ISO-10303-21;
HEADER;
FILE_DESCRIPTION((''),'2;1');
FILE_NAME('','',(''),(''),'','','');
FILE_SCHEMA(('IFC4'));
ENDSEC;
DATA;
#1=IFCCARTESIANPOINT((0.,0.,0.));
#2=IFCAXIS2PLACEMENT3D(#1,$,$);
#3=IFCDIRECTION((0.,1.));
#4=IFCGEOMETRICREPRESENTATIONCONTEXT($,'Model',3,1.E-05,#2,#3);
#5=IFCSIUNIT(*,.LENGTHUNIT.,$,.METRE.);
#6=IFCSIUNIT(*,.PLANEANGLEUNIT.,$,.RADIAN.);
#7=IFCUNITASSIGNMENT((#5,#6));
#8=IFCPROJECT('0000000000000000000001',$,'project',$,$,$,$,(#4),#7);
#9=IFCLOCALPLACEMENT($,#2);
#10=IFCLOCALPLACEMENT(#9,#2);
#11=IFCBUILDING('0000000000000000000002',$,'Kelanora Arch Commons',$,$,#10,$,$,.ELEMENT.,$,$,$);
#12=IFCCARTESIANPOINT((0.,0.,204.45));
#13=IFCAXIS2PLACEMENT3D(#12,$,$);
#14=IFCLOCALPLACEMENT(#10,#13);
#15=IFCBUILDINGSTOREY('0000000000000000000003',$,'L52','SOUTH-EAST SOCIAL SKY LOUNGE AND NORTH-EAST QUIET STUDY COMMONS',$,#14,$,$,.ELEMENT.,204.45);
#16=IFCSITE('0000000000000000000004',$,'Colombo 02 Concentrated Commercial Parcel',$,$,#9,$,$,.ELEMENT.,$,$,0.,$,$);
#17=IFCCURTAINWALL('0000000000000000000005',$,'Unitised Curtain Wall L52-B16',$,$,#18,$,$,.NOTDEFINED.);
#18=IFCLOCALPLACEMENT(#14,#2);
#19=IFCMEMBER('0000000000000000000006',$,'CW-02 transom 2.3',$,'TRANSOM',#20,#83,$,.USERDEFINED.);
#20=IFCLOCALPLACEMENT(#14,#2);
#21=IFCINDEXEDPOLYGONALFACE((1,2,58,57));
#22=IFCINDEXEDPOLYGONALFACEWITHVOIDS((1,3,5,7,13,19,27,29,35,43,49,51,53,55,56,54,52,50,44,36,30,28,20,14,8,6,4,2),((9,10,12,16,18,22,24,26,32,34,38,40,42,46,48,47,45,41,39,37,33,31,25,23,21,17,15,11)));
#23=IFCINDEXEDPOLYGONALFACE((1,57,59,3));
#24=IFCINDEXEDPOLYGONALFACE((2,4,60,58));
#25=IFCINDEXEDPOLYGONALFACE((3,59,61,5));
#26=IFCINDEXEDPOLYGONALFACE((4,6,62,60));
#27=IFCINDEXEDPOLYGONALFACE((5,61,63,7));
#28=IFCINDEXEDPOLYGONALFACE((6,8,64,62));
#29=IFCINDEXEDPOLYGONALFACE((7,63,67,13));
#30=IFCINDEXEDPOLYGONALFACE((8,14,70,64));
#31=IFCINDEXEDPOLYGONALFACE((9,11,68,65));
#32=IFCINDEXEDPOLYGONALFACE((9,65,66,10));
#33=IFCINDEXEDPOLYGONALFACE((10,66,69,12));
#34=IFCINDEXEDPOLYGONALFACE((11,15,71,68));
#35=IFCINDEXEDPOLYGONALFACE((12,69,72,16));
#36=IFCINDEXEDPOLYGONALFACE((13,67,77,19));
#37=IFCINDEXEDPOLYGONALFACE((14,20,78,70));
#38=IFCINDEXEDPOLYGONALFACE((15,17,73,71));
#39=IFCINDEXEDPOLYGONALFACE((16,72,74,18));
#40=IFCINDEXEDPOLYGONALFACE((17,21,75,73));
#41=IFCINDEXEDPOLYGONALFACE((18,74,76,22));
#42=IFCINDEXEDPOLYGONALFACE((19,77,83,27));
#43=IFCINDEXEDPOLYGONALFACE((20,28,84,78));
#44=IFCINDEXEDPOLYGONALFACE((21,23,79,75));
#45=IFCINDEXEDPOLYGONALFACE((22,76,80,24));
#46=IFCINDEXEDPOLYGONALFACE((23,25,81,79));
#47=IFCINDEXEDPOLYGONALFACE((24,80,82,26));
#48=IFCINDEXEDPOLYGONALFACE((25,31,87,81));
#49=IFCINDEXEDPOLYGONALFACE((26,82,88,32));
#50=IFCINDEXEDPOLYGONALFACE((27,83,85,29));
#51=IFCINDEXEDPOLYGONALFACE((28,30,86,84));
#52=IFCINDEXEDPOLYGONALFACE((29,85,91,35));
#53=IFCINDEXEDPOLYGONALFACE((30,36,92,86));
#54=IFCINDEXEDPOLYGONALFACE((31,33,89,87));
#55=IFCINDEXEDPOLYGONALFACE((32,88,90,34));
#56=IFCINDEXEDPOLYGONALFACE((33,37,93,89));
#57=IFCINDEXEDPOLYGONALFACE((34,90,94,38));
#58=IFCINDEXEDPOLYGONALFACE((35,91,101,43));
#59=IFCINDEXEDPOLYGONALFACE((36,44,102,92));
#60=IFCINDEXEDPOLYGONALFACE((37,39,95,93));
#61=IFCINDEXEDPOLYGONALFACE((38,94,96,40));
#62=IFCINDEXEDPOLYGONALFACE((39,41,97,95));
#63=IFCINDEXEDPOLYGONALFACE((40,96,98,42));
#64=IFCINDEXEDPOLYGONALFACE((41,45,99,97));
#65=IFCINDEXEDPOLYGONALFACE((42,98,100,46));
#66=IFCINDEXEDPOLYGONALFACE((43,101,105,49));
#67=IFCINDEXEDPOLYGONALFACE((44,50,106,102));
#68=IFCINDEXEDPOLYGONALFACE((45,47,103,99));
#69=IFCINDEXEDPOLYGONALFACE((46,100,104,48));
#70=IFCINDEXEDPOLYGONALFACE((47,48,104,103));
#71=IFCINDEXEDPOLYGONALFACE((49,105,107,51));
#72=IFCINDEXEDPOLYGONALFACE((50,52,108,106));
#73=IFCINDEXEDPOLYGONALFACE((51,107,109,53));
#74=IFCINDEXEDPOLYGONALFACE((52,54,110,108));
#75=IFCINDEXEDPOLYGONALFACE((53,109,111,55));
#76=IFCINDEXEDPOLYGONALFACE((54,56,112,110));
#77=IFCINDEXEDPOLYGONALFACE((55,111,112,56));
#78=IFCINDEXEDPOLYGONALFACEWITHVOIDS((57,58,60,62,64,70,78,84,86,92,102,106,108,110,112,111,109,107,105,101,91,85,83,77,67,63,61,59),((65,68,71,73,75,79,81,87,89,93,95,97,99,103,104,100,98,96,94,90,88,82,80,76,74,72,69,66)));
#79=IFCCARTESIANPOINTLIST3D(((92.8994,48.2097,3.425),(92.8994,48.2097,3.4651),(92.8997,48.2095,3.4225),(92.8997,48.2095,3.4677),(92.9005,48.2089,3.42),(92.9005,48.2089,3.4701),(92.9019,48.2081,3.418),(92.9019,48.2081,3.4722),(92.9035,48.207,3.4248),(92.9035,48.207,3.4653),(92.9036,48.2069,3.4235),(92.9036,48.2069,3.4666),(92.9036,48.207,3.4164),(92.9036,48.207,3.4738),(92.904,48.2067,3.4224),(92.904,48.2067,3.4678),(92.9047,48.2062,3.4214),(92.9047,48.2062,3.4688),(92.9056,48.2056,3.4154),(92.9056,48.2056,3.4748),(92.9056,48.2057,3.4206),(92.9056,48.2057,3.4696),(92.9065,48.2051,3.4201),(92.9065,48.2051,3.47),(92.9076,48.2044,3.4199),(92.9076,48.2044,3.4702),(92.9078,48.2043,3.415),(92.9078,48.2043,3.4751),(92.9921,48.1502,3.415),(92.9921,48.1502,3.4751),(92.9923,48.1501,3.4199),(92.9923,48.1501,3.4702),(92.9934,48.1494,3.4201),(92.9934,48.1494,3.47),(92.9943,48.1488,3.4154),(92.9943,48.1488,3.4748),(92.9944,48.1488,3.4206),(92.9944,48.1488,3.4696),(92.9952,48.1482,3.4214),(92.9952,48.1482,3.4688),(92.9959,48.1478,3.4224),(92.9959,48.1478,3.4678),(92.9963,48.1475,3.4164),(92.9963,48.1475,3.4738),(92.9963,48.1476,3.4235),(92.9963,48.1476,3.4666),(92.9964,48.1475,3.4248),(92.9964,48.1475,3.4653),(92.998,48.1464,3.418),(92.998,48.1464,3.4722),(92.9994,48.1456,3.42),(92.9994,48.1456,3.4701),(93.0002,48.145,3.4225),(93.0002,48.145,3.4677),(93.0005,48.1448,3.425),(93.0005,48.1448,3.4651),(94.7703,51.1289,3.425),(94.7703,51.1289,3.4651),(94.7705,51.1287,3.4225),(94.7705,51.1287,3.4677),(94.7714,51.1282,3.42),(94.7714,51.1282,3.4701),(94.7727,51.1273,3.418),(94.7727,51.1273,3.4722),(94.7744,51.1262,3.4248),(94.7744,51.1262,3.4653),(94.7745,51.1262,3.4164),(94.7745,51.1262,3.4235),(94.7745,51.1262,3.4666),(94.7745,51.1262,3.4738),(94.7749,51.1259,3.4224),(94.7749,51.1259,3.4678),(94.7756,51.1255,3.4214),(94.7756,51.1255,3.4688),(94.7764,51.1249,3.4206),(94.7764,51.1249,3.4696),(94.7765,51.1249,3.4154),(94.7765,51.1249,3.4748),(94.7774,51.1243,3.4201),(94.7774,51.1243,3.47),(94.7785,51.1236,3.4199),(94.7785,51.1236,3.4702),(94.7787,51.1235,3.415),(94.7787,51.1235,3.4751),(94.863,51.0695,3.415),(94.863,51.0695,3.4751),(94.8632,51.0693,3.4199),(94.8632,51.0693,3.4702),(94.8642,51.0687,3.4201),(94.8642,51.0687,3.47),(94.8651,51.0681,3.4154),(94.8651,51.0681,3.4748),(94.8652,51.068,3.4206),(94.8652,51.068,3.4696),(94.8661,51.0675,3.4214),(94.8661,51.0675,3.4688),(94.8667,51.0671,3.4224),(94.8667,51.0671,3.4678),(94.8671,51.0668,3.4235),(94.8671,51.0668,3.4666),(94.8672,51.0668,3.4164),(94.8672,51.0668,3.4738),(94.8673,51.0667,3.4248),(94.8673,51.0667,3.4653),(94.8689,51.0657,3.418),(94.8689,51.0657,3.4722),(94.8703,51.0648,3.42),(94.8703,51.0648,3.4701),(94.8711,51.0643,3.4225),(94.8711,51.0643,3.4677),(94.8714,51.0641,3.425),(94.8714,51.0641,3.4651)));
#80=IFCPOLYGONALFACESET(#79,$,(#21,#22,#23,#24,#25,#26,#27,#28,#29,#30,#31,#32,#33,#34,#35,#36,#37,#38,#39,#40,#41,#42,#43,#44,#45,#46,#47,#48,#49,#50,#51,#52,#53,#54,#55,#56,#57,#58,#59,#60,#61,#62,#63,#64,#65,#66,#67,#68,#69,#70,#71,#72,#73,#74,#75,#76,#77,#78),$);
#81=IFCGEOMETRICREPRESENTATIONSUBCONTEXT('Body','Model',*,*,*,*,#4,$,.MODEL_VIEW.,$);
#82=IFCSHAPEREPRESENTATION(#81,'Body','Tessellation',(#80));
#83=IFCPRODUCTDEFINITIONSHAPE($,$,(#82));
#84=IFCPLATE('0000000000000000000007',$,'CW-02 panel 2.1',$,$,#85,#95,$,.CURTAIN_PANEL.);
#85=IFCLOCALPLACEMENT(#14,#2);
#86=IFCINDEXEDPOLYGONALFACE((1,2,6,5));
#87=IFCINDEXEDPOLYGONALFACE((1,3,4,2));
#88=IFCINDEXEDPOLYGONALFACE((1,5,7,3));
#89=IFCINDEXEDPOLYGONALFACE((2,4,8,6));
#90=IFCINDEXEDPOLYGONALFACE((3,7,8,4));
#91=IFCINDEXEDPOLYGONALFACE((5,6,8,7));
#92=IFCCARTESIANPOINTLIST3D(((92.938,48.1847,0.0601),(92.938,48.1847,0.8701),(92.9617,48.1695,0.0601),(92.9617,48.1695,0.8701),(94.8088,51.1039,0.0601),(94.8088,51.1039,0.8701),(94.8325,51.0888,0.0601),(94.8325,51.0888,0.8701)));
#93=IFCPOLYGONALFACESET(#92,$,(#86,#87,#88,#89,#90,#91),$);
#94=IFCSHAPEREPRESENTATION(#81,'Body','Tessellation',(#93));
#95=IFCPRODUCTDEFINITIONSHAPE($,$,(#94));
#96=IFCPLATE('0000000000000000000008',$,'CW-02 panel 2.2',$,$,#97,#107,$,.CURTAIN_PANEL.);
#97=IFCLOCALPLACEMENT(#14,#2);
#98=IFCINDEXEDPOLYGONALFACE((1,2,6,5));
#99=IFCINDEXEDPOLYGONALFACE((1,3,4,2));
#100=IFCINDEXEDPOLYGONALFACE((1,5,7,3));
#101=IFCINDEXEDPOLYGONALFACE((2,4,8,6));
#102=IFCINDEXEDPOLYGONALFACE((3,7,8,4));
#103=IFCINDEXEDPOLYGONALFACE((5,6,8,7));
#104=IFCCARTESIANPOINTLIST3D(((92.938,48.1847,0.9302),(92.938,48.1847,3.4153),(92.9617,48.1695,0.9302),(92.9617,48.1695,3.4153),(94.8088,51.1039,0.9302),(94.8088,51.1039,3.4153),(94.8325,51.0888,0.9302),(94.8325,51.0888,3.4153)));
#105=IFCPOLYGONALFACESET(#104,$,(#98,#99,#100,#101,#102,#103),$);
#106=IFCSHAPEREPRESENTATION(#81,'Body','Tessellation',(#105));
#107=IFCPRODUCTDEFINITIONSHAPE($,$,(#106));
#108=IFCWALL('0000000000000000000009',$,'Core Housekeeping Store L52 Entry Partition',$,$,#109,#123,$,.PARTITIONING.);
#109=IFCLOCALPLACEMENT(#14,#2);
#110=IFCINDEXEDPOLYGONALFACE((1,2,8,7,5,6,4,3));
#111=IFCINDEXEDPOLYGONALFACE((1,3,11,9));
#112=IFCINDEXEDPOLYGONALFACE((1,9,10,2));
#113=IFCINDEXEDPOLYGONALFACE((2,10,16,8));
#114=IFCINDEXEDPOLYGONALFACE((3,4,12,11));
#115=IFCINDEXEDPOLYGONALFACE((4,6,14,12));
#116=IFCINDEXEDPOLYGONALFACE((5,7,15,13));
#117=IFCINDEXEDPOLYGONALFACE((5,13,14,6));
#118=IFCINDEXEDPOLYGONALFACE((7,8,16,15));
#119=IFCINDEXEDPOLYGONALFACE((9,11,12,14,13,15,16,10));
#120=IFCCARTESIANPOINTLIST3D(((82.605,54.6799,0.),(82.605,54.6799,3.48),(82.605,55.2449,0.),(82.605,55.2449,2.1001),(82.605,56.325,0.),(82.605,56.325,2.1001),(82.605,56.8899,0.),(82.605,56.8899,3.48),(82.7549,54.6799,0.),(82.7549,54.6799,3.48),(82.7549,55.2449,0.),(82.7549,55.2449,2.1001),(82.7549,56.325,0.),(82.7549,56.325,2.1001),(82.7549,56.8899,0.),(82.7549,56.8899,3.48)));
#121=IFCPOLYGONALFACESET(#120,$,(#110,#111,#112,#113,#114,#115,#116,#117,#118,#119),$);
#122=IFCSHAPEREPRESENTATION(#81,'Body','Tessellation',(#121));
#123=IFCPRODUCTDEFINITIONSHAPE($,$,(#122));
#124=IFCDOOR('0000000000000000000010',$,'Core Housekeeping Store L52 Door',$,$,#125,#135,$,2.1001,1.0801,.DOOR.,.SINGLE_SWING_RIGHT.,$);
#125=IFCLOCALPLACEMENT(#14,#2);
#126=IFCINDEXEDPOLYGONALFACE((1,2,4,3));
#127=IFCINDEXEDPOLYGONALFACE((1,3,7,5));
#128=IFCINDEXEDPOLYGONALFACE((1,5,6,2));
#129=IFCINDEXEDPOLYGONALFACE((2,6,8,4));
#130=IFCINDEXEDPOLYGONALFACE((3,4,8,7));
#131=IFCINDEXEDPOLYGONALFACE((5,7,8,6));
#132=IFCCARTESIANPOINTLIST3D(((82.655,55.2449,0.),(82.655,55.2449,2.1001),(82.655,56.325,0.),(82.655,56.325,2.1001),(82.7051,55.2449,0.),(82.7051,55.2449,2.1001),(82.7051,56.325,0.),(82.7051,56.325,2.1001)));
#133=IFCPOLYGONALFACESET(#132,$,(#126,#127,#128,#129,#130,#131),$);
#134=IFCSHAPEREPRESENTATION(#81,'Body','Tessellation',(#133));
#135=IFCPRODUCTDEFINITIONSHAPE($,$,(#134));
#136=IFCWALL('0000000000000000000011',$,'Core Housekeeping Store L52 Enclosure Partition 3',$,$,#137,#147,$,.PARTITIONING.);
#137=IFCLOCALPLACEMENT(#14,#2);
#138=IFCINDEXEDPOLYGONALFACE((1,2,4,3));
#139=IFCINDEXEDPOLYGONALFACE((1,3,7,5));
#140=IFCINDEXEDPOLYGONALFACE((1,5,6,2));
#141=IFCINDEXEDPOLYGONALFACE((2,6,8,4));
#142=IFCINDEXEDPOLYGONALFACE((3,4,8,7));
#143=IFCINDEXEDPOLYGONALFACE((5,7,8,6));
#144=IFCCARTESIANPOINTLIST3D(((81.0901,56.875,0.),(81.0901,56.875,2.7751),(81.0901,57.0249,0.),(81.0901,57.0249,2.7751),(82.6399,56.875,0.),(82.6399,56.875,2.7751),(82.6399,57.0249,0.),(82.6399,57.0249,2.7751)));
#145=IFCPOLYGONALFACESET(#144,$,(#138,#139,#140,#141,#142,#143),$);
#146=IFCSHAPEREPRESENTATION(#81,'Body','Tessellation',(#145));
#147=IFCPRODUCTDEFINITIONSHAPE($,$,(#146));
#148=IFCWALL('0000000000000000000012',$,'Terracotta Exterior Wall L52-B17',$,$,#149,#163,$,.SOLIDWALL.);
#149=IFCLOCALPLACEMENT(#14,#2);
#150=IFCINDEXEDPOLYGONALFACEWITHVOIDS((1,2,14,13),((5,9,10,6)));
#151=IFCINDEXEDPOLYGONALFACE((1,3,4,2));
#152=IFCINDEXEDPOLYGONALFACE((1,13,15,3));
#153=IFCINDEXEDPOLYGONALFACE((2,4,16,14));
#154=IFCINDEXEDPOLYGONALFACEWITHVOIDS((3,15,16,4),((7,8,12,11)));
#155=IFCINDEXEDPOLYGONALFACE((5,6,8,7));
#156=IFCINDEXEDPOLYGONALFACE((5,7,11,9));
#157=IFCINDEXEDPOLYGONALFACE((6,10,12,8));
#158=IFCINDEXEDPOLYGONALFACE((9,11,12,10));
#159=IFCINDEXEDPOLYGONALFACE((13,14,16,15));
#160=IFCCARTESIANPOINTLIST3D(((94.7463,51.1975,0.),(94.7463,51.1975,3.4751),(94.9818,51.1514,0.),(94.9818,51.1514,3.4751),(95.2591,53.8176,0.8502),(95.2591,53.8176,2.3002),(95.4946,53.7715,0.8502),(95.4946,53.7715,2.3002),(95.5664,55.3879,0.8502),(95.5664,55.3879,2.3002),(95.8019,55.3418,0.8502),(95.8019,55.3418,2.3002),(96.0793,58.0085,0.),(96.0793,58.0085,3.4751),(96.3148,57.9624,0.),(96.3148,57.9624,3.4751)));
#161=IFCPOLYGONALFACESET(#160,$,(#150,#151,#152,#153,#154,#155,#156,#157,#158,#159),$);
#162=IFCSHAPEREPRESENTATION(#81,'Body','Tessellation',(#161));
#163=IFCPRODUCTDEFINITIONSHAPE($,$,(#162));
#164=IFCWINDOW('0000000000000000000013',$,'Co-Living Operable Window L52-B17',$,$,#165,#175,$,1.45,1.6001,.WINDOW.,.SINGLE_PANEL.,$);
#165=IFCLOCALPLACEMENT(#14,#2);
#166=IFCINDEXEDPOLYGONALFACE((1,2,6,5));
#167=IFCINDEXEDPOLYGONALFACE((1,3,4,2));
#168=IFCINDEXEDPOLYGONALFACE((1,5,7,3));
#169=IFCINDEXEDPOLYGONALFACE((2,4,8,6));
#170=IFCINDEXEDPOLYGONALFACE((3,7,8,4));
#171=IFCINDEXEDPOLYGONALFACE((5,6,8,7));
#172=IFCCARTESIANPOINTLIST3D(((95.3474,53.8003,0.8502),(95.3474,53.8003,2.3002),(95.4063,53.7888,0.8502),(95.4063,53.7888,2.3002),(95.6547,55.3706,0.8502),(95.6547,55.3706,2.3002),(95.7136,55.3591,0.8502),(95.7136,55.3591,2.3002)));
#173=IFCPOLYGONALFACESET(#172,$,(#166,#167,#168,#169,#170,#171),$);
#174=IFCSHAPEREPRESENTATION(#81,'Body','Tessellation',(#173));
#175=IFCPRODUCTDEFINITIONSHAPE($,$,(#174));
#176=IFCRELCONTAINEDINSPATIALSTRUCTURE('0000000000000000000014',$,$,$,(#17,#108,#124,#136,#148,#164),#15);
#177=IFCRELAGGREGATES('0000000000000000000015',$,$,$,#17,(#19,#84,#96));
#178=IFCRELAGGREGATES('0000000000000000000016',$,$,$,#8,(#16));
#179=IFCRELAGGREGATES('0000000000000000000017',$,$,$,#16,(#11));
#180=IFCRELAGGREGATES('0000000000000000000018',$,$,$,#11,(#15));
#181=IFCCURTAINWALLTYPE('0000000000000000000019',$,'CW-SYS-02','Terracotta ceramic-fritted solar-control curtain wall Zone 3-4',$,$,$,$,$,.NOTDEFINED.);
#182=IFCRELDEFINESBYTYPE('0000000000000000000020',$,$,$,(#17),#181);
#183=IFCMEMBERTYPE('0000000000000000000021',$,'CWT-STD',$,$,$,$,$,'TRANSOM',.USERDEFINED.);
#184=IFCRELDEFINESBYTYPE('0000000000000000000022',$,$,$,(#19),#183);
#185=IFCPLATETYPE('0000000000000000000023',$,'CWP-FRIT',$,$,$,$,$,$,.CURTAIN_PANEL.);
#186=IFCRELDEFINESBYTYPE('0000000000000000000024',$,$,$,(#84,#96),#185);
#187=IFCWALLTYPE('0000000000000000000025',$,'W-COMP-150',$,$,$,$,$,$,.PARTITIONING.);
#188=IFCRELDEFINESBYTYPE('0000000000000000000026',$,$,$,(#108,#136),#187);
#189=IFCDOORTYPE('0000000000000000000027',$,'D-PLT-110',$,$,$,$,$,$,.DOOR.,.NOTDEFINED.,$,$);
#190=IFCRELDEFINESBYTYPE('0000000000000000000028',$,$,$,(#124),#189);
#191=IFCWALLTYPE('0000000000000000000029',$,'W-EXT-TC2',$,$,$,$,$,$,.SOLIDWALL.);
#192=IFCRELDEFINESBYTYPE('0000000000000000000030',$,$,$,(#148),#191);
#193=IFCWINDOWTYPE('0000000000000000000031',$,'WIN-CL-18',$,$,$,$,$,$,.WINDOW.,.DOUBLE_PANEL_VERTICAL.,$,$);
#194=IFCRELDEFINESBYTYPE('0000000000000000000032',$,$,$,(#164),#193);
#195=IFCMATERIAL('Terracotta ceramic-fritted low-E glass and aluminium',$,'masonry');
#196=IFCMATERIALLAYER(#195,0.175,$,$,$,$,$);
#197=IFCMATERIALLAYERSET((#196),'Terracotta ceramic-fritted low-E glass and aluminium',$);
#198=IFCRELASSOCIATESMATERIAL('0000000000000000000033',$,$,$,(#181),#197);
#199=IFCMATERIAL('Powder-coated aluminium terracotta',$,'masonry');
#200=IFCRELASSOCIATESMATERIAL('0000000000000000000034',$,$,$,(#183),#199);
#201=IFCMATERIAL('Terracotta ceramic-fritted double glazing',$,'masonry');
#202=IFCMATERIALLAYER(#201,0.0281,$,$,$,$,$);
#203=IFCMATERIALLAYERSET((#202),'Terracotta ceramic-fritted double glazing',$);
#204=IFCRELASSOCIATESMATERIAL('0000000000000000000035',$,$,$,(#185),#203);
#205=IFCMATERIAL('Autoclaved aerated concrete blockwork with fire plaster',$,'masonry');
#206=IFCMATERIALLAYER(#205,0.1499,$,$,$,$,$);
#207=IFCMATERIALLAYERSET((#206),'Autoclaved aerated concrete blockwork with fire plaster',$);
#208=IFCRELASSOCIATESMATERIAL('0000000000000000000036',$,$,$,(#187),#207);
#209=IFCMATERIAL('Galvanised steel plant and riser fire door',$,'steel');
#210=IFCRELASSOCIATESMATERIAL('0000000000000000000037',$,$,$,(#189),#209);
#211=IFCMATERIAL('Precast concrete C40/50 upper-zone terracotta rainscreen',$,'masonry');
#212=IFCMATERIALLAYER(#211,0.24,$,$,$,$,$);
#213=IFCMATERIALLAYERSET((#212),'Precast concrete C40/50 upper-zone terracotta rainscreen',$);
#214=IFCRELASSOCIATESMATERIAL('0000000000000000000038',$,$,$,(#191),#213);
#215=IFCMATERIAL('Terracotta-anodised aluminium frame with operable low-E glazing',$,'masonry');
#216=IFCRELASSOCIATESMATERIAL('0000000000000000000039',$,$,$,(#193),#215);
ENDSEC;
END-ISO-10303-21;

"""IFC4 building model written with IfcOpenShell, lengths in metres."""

from ifc_helpers import new_model, si_unit, direction, frame, frame_2d, origin, origin_2d, place, context, subcontext, project, spatial, rectangle, hollow_rectangle, extrude, source, transform, mapped, material, layer, layer_set, material_profile, profile_set, type_object, element, fill, aggregate, save


model = new_model("IFC4")

# Units and contexts
model_context = context("Model", 3, precision=1e-05, world=origin(), true_north=direction((0.0, 1.0)))
body_context = subcontext(model_context, "Body", "Model", "MODEL_VIEW")
ifc_project = project(units=[si_unit("LENGTHUNIT", "METRE"), si_unit("PLANEANGLEUNIT", "RADIAN")], contexts=[model_context])

# Site, building, storey
site_placement = place(None, origin())
site = spatial("IfcSite", under=ifc_project, at=site_placement, Name="Colombo 02 Concentrated Commercial Parcel", CompositionType="ELEMENT", RefElevation=0.0)
building_placement = place(site_placement, origin())
building = spatial("IfcBuilding", under=site, at=building_placement, Name="Kelanora Arch Commons", CompositionType="ELEMENT")
storey_placement = place(building_placement, frame((0.0, 0.0, 204.45)))
storey = spatial("IfcBuildingStorey", under=building, at=storey_placement, Name="L52", Description="SOUTH-EAST SOCIAL SKY LOUNGE AND NORTH-EAST QUIET STUDY COMMONS", CompositionType="ELEMENT", Elevation=204.45)

# Curtain wall, member, plates
ifc_material_1 = material(Name="Terracotta ceramic-fritted low-E glass and aluminium", Category="masonry")
ifc_layer_1 = layer(ifc_material_1, 0.175)
ifc_layer_set_1 = layer_set([ifc_layer_1], Name="Terracotta ceramic-fritted low-E glass and aluminium")
curtain_wall_type = type_object("IfcCurtainWallType", Name="CW-SYS-02", Description="Terracotta ceramic-fritted solar-control curtain wall Zone 3-4", PredefinedType="NOTDEFINED", material=ifc_layer_set_1)
curtain_wall_placement = place(storey_placement, origin())
curtain_wall = element("IfcCurtainWall", 1, at=curtain_wall_placement, inside=storey, type_object=curtain_wall_type, Name="Unitised Curtain Wall L52-B16", PredefinedType="NOTDEFINED")
ifc_material_2 = material(Name="Powder-coated aluminium terracotta", Category="masonry")
ifc_material_profile_1 = material_profile(ifc_material_2, hollow_rectangle(XDim=0.1201, YDim=0.0601, WallThickness=0.0049, InnerFilletRadius=0.0049, OuterFilletRadius=0.01, at=origin_2d()), Name="CWT120x60")
ifc_profile_set_1 = profile_set([ifc_material_profile_1], Name="Powder-coated aluminium terracotta")
member_type_1 = type_object("IfcMemberType", Name="CWT-STD", ElementType="TRANSOM", PredefinedType="USERDEFINED", material=ifc_profile_set_1)
member_1_placement = place(storey_placement, frame((92.95, 48.1772, 3.4451), z_axis=(0.539579, 0.841935, 0.0), x_axis=(-0.841935, 0.539579, 0.0)))
member_1 = element("IfcMember", 2, at=member_1_placement, type_object=member_type_1, Name="CW-02 transom 2.3", ObjectType="TRANSOM", PredefinedType="USERDEFINED", context=body_context, shape_type="SweptSolid", body=[
    extrude(hollow_rectangle(XDim=0.1201, YDim=0.0601, WallThickness=0.0049, InnerFilletRadius=0.0049, OuterFilletRadius=0.01, at=origin_2d()), origin(), (0.0, 0.0, 1.0), 3.4673),
])
ifc_material_3 = material(Name="Terracotta ceramic-fritted double glazing", Category="masonry")
ifc_layer_2 = layer(ifc_material_3, 0.0281)
ifc_layer_set_2 = layer_set([ifc_layer_2], Name="Terracotta ceramic-fritted double glazing")
plate_type = type_object("IfcPlateType", Name="CWP-FRIT", PredefinedType="CURTAIN_PANEL", material=ifc_layer_set_2)
shared_shape_1 = source(origin(), body_context, "Body", "SweptSolid", [
    extrude(rectangle(XDim=3.4673, YDim=0.0281, at=origin_2d()), origin(), (0.0, 0.0, 1.0), 0.8101),
])
plate_1_placement = place(storey_placement, frame((93.8853, 49.6367, 0.0601), z_axis=(0.0, 0.0, 1.0), x_axis=(0.539559, 0.841948, 0.0)))
plate_1 = element("IfcPlate", 3, at=plate_1_placement, type_object=plate_type, Name="CW-02 panel 2.1", PredefinedType="CURTAIN_PANEL", context=body_context, shape_type="MappedRepresentation", body=[
    mapped(shared_shape_1, transform((0.0, 0.0, 0.0), scale=1.0)),
])
shared_shape_2 = source(origin(), body_context, "Body", "SweptSolid", [
    extrude(rectangle(XDim=3.4673, YDim=0.0281, at=origin_2d()), origin(), (0.0, 0.0, 1.0), 2.4851),
])
plate_2_placement = place(storey_placement, frame((93.8853, 49.6367, 0.9302), z_axis=(0.0, 0.0, 1.0), x_axis=(0.539559, 0.841948, 0.0)))
plate_2 = element("IfcPlate", 4, at=plate_2_placement, type_object=plate_type, Name="CW-02 panel 2.2", PredefinedType="CURTAIN_PANEL", context=body_context, shape_type="MappedRepresentation", body=[
    mapped(shared_shape_2, transform((0.0, 0.0, 0.0), scale=1.0)),
])
aggregate(curtain_wall, [member_1, plate_1, plate_2])

# Wall, opening, door
ifc_material_4 = material(Name="Autoclaved aerated concrete blockwork with fire plaster", Category="masonry")
ifc_layer_3 = layer(ifc_material_4, 0.1499)
ifc_layer_set_3 = layer_set([ifc_layer_3], Name="Autoclaved aerated concrete blockwork with fire plaster")
wall_type_1 = type_object("IfcWallType", Name="W-COMP-150", PredefinedType="PARTITIONING", material=ifc_layer_set_3)
wall_1_placement = place(storey_placement, frame((82.6799, 54.6799, 0.0), z_axis=(0.0, 0.0, 1.0), x_axis=(0.0, 1.0, 0.0)))
wall_1 = element("IfcWall", 5, at=wall_1_placement, inside=storey, type_object=wall_type_1, Name="Core Housekeeping Store L52 Entry Partition", PredefinedType="PARTITIONING", context=body_context, shape_type="SweptSolid", body=[
    extrude(rectangle(XDim=2.21, YDim=0.1499, at=frame_2d((1.105, 0.0))), origin(), (0.0, 0.0, 1.0), 3.48),
])
opening_1_placement = place(wall_1_placement, frame((0.5649, 0.0, 0.0)))
opening_1 = element("IfcOpeningElement", 6, at=opening_1_placement, cuts=wall_1, PredefinedType="OPENING", context=body_context, shape_type="SweptSolid", body=[
    extrude(rectangle(XDim=1.0801, YDim=2.1001, at=frame_2d((0.54, 1.05))), frame((0.0, 0.085, 0.0), z_axis=(0.0, -1.0, 0.0), x_axis=(1.0, 0.0, 0.0)), (0.0, 0.0, 1.0), 0.1699),
])
ifc_material_5 = material(Name="Galvanised steel plant and riser fire door", Category="steel")
door_type = type_object("IfcDoorType", Name="D-PLT-110", OperationType="NOTDEFINED", PredefinedType="DOOR", material=ifc_material_5)
door_placement = place(opening_1_placement, origin())
door = element("IfcDoor", 7, at=door_placement, inside=storey, type_object=door_type, Name="Core Housekeeping Store L52 Door", OperationType="SINGLE_SWING_RIGHT", OverallHeight=2.1001, OverallWidth=1.0801, PredefinedType="DOOR", context=body_context, shape_type="SweptSolid", body=[
    extrude(rectangle(XDim=1.0801, YDim=2.1001, at=frame_2d((0.54, 1.05))), frame((0.0, 0.0249, 0.0), z_axis=(0.0, -1.0, 0.0), x_axis=(1.0, 0.0, 0.0)), (0.0, 0.0, 1.0), 0.05),
])
fill(opening_1, door)

# Wall
wall_2_placement = place(storey_placement, frame((82.6399, 56.95, 0.0), z_axis=(0.0, 0.0, 1.0), x_axis=(-1.0, 0.0, 0.0)))
element("IfcWall", 8, at=wall_2_placement, inside=storey, type_object=wall_type_1, Name="Core Housekeeping Store L52 Enclosure Partition 3", PredefinedType="PARTITIONING", context=body_context, shape_type="SweptSolid", body=[
    extrude(rectangle(XDim=1.5498, YDim=0.1499, at=frame_2d((0.7749, 0.0))), origin(), (0.0, 0.0, 1.0), 2.7751),
])

# Wall, opening, window
ifc_material_6 = material(Name="Precast concrete C40/50 upper-zone terracotta rainscreen", Category="masonry")
ifc_layer_4 = layer(ifc_material_6, 0.24)
ifc_layer_set_4 = layer_set([ifc_layer_4], Name="Precast concrete C40/50 upper-zone terracotta rainscreen")
wall_type_2 = type_object("IfcWallType", Name="W-EXT-TC2", PredefinedType="SOLIDWALL", material=ifc_layer_set_4)
wall_3_placement = place(storey_placement, frame((94.864, 51.1743, 0.0), z_axis=(0.0, 0.0, 1.0), x_axis=(0.192069, 0.981381, 0.0)))
wall_3 = element("IfcWall", 9, at=wall_3_placement, inside=storey, type_object=wall_type_2, Name="Terracotta Exterior Wall L52-B17", PredefinedType="SOLIDWALL", context=body_context, shape_type="SweptSolid", body=[
    extrude(rectangle(XDim=6.9402, YDim=0.24, at=frame_2d((3.4702, 0.0))), origin(), (0.0, 0.0, 1.0), 3.4751),
])
opening_2_placement = place(wall_3_placement, frame((2.6699, 0.0, 0.8501)))
opening_2 = element("IfcOpeningElement", 10, at=opening_2_placement, cuts=wall_3, PredefinedType="OPENING", context=body_context, shape_type="SweptSolid", body=[
    extrude(rectangle(XDim=1.6001, YDim=1.45, at=frame_2d((0.8, 0.7251))), frame((0.0, 0.1299, 0.0), z_axis=(0.0, -1.0, 0.0), x_axis=(1.0, 0.0, 0.0)), (0.0, 0.0, 1.0), 0.26),
])
ifc_material_7 = material(Name="Terracotta-anodised aluminium frame with operable low-E glazing", Category="masonry")
window_type = type_object("IfcWindowType", Name="WIN-CL-18", PartitioningType="DOUBLE_PANEL_VERTICAL", PredefinedType="WINDOW", material=ifc_material_7)
window_placement = place(opening_2_placement, origin())
window = element("IfcWindow", 11, at=window_placement, inside=storey, type_object=window_type, Name="Co-Living Operable Window L52-B17", OverallHeight=1.45, OverallWidth=1.6001, PartitioningType="SINGLE_PANEL", PredefinedType="WINDOW", context=body_context, shape_type="SweptSolid", body=[
    extrude(rectangle(XDim=1.6001, YDim=1.45, at=frame_2d((0.8, 0.7251))), frame((0.0, 0.03, 0.0), z_axis=(0.0, -1.0, 0.0), x_axis=(1.0, 0.0, 0.0)), (0.0, 0.0, 1.0), 0.0601),
])
fill(opening_2, window)

save(model, "model.ifc")
